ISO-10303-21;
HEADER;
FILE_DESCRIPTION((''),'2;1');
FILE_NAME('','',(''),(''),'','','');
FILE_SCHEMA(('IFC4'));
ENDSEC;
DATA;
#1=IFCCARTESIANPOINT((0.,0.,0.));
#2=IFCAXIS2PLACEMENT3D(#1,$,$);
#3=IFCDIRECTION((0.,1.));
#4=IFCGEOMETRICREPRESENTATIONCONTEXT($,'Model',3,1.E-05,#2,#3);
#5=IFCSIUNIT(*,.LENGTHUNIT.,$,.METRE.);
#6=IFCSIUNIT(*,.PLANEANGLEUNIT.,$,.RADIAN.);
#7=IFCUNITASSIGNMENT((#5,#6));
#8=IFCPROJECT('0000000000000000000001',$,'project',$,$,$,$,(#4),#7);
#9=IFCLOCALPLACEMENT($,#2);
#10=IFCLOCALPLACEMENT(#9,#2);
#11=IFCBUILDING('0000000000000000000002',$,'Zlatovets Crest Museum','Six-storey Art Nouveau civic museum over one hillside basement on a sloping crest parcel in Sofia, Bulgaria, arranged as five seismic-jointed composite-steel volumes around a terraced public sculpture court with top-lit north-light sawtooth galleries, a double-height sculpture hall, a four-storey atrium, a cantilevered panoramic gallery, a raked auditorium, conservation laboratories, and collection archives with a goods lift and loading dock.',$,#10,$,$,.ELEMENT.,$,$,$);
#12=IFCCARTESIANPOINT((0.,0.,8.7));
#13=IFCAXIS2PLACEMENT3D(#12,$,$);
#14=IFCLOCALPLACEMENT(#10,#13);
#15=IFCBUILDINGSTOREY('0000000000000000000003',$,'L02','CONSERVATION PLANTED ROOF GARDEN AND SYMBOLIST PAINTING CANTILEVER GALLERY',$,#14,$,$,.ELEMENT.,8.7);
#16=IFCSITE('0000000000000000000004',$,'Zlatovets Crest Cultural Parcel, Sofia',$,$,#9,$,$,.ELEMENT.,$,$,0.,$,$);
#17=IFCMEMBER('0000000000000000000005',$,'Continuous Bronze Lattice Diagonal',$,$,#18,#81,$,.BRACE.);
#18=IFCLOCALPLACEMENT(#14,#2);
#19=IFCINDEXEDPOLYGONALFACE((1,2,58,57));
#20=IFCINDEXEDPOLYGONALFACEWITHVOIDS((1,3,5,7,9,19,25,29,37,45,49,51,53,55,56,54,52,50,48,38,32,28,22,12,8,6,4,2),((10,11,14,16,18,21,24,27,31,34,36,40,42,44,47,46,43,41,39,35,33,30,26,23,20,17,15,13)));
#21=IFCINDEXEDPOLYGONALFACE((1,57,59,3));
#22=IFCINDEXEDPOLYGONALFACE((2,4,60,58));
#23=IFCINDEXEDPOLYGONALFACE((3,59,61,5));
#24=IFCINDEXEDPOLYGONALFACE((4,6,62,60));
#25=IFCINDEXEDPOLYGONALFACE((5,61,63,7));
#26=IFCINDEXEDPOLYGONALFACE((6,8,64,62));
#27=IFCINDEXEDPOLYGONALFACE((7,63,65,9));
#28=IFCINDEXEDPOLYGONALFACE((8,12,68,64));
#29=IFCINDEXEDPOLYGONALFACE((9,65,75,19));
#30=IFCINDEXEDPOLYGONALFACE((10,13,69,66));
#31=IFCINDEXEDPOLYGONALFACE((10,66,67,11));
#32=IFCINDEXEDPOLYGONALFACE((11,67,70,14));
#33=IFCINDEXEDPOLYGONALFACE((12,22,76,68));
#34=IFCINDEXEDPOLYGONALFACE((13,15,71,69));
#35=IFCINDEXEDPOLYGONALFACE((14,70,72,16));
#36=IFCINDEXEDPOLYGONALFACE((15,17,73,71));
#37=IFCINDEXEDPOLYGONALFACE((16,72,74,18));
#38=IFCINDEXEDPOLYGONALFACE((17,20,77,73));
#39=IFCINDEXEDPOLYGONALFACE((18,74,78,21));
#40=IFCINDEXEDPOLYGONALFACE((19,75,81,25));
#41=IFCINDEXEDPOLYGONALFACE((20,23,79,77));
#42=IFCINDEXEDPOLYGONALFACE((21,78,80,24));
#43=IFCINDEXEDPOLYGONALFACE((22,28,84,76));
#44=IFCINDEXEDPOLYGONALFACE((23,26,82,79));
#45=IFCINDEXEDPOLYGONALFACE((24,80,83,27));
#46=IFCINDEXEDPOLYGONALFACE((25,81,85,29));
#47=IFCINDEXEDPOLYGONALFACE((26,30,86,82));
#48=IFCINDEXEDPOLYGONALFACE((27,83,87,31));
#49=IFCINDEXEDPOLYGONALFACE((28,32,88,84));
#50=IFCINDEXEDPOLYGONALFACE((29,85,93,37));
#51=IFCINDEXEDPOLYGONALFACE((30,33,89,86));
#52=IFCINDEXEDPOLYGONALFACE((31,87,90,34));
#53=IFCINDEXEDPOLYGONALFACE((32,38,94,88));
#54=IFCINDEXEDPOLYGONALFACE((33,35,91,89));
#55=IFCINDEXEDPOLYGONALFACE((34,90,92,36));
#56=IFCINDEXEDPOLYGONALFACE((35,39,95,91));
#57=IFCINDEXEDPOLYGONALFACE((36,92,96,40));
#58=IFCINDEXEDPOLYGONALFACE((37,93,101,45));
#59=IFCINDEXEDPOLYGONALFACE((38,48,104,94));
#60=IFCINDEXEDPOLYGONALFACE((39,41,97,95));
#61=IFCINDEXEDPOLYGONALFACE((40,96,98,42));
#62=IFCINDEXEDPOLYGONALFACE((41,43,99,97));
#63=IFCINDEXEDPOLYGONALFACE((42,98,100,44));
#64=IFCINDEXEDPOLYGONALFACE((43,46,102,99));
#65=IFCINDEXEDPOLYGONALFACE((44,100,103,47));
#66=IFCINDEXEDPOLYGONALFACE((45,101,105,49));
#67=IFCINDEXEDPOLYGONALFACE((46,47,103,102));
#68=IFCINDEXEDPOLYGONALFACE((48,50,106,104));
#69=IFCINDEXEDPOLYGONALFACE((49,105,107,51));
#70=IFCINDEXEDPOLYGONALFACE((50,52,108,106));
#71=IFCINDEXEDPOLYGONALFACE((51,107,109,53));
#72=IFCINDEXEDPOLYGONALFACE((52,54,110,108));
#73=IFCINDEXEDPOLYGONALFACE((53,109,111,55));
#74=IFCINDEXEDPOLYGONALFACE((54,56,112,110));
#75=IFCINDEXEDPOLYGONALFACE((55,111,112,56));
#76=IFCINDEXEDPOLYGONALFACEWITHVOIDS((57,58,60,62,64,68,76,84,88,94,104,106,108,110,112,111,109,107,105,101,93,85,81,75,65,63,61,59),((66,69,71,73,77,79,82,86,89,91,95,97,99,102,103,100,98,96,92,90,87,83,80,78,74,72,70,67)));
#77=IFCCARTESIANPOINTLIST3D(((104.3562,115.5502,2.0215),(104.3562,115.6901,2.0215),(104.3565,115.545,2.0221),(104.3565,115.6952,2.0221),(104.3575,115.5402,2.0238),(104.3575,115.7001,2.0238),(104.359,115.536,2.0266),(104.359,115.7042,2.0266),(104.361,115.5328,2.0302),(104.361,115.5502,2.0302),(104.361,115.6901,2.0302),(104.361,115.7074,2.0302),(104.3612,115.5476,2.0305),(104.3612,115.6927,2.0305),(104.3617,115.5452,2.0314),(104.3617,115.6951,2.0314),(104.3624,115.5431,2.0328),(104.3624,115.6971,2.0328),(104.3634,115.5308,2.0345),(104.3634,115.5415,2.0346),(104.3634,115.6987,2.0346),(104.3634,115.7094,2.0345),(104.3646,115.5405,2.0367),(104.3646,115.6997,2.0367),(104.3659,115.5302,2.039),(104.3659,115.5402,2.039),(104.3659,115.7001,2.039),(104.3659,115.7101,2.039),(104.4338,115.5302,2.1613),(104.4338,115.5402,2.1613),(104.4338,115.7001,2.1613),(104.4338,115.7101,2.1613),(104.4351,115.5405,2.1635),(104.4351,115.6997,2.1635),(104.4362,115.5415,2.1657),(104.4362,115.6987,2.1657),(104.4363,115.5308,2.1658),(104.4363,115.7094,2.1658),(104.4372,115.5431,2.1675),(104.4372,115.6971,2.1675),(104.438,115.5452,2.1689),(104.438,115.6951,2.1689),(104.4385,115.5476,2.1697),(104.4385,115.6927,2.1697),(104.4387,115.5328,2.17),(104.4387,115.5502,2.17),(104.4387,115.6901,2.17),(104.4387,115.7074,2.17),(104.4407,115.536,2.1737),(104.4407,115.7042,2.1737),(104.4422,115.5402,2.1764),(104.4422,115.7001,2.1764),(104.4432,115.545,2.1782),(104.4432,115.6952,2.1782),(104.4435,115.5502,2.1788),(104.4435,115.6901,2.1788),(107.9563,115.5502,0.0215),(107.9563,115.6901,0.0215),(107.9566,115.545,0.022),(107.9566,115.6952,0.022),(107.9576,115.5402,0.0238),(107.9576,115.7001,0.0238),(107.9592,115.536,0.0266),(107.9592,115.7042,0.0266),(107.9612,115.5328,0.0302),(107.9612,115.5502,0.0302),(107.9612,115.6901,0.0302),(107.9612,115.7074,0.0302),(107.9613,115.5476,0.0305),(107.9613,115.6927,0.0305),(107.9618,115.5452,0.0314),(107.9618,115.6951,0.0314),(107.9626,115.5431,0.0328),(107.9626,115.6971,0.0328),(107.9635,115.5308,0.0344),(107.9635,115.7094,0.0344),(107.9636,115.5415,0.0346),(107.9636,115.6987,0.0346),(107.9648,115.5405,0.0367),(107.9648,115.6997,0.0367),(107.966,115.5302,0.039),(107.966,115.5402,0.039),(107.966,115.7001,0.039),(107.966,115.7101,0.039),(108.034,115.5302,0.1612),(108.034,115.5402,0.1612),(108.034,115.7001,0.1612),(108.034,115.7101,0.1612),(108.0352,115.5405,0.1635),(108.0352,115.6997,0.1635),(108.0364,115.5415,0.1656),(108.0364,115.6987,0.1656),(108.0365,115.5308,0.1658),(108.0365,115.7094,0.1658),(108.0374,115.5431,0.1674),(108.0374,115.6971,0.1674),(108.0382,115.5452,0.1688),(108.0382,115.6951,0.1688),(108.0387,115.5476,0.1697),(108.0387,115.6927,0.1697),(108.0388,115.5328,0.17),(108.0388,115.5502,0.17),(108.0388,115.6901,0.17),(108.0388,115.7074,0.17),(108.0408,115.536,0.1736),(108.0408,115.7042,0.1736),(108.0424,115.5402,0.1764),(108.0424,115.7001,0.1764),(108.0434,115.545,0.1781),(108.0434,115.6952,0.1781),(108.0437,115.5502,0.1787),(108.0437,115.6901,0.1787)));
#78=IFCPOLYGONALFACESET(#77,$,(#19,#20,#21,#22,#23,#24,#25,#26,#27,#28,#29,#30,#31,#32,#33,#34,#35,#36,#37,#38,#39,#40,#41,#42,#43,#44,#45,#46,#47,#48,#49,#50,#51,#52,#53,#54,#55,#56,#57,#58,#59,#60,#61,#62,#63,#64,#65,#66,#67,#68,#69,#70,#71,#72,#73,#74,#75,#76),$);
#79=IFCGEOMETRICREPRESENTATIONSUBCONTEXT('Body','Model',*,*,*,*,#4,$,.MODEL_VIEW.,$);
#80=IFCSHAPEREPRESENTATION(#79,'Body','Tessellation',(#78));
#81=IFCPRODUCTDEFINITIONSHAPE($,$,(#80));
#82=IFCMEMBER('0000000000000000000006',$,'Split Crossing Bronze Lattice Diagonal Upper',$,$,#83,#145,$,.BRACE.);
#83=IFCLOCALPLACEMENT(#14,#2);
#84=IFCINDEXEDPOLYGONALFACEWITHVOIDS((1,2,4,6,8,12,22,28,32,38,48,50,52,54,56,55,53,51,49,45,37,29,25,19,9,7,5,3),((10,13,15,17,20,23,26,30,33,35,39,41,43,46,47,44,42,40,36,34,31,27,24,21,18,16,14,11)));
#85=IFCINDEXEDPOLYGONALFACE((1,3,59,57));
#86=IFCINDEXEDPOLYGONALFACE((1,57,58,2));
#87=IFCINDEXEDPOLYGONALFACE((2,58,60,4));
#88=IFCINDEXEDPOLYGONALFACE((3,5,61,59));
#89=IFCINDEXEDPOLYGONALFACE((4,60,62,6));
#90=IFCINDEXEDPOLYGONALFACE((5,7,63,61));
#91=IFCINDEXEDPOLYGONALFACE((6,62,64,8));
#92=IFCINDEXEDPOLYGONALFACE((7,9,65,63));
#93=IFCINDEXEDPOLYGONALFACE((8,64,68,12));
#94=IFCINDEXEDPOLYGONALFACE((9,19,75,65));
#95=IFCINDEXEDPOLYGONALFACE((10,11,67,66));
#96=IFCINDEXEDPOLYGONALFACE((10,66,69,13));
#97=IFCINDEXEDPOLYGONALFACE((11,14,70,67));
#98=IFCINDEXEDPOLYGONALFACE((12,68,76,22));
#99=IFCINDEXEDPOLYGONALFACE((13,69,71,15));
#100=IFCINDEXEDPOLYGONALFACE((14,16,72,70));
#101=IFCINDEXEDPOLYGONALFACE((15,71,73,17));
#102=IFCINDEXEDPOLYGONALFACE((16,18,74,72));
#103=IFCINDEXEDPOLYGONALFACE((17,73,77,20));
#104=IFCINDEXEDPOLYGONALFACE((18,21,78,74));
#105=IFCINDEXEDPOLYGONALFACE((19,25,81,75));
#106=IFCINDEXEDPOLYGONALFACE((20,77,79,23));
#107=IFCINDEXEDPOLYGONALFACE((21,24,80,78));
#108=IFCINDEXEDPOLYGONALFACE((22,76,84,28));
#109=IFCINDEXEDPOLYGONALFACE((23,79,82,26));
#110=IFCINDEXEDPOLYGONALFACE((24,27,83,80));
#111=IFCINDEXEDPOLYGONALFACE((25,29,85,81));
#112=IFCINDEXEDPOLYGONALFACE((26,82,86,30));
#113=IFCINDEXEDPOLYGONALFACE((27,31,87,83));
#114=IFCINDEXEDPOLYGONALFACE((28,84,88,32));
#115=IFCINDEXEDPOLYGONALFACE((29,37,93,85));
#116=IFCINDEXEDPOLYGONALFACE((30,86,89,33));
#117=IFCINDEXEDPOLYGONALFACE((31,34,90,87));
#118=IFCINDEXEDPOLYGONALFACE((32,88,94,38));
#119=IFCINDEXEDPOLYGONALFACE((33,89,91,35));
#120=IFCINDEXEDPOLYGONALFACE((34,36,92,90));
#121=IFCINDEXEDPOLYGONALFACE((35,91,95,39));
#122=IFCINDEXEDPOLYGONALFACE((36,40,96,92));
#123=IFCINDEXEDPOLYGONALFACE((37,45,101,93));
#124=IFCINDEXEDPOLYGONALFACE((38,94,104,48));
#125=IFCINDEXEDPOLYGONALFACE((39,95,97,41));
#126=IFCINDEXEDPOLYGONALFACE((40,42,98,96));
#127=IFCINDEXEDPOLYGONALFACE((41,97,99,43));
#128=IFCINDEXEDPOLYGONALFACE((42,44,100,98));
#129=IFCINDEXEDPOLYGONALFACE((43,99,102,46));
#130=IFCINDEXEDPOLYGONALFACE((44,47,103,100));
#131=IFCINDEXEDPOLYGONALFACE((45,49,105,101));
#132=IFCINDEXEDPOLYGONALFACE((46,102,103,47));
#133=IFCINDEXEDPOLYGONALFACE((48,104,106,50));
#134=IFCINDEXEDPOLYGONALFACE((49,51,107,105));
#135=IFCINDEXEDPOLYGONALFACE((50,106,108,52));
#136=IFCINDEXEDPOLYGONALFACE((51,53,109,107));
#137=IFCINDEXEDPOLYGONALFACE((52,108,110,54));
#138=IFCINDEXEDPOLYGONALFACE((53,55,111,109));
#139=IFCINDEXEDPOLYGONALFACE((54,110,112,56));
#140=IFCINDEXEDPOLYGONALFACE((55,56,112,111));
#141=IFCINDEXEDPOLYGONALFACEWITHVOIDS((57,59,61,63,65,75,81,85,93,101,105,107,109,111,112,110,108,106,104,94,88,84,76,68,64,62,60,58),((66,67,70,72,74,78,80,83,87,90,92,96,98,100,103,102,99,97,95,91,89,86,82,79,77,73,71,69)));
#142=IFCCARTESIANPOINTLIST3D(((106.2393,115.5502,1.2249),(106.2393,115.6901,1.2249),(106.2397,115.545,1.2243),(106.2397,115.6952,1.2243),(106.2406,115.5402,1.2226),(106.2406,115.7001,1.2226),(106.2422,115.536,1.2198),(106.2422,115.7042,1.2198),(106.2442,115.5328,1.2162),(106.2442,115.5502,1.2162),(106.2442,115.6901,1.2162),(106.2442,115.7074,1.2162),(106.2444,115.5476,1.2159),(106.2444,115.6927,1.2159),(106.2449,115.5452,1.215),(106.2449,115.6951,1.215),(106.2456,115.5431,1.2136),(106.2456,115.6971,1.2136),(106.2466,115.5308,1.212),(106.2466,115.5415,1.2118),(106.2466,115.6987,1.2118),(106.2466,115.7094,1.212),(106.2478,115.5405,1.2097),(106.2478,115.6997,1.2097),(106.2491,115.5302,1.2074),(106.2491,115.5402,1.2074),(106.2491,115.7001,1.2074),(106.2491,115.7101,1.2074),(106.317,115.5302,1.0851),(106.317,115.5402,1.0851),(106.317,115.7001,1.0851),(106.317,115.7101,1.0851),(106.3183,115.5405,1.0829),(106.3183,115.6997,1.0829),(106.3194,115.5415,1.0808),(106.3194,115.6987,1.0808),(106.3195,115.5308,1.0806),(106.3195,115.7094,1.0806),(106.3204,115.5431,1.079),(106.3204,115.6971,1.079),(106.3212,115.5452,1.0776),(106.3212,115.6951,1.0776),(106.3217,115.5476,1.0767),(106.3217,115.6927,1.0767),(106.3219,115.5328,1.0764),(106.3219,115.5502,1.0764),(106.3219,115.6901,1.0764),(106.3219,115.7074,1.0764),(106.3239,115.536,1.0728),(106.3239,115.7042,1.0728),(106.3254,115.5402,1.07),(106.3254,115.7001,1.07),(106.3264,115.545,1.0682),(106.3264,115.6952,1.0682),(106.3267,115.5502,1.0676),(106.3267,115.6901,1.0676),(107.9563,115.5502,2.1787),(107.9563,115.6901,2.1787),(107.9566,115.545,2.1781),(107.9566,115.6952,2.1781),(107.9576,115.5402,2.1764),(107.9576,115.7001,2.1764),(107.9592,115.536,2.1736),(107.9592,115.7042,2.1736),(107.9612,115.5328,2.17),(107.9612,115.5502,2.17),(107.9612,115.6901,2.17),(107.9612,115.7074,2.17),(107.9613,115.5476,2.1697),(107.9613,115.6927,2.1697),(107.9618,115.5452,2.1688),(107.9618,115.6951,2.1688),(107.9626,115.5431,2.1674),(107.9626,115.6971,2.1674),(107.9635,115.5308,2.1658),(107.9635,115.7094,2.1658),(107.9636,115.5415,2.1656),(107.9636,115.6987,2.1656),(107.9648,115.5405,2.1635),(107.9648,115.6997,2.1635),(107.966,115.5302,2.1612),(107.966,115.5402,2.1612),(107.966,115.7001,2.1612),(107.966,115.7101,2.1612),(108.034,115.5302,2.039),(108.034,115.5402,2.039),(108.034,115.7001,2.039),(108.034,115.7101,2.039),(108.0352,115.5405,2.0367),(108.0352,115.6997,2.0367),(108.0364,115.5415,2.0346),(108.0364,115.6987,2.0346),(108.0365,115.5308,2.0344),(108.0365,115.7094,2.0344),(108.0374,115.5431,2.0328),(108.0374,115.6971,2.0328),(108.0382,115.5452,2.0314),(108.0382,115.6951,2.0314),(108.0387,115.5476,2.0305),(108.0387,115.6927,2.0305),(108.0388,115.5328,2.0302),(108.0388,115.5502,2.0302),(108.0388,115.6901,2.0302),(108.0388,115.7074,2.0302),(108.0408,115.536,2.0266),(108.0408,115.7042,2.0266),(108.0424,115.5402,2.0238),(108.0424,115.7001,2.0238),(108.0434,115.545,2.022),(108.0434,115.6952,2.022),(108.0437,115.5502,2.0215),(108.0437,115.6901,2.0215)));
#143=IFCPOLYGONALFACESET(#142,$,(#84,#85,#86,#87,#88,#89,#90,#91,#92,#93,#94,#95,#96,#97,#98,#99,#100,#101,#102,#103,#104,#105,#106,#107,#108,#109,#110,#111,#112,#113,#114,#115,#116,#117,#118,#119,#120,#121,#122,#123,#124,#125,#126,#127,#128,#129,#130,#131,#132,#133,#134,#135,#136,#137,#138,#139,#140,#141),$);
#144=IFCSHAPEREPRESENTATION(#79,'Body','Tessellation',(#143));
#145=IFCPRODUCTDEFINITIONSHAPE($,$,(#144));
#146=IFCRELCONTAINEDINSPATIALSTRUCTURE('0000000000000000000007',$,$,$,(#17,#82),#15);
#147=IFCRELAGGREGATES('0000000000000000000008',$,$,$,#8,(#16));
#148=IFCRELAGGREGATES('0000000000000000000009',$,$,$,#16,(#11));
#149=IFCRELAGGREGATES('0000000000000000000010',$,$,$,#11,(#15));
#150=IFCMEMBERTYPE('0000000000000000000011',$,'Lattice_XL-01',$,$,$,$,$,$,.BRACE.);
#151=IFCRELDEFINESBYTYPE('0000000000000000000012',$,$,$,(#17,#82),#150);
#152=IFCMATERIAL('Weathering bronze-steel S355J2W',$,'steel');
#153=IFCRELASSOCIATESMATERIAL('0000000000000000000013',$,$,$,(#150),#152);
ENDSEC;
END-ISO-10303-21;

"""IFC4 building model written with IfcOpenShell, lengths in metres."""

from ifc_helpers import new_model, si_unit, direction, frame, origin, origin_2d, place, context, subcontext, project, spatial, hollow_rectangle, extrude, material, material_profile, profile_set, type_object, element, save


model = new_model("IFC4")

# Units and contexts
model_context = context("Model", 3, precision=1e-05, world=origin(), true_north=direction((0.0, 1.0)))
body_context = subcontext(model_context, "Body", "Model", "MODEL_VIEW")
ifc_project = project(units=[si_unit("LENGTHUNIT", "METRE"), si_unit("PLANEANGLEUNIT", "RADIAN")], contexts=[model_context])

# Site, building, storey
site_placement = place(None, origin())
site = spatial("IfcSite", under=ifc_project, at=site_placement, Name="Zlatovets Crest Cultural Parcel, Sofia", CompositionType="ELEMENT", RefElevation=0.0)
building_placement = place(site_placement, origin())
building = spatial("IfcBuilding", under=site, at=building_placement, Name="Zlatovets Crest Museum", Description="Six-storey Art Nouveau civic museum over one hillside basement on a sloping crest parcel in Sofia, Bulgaria, arranged as five seismic-jointed composite-steel volumes around a terraced public sculpture court with top-lit north-light sawtooth galleries, a double-height sculpture hall, a four-storey atrium, a cantilevered panoramic gallery, a raked auditorium, conservation laboratories, and collection archives with a goods lift and loading dock.", CompositionType="ELEMENT")
storey_placement = place(building_placement, frame((0.0, 0.0, 8.7)))
storey = spatial("IfcBuildingStorey", under=building, at=storey_placement, Name="L02", Description="CONSERVATION PLANTED ROOF GARDEN AND SYMBOLIST PAINTING CANTILEVER GALLERY", CompositionType="ELEMENT", Elevation=8.7)

# Members
ifc_material_1 = material(Name="Weathering bronze-steel S355J2W", Category="steel")
ifc_material_profile_1 = material_profile(ifc_material_1, hollow_rectangle(XDim=0.1799, YDim=0.1799, WallThickness=0.01, InnerFilletRadius=0.01, OuterFilletRadius=0.02, at=origin_2d()), Name="SHS 180x180x10.0")
ifc_profile_set_1 = profile_set([ifc_material_profile_1], Name="Weathering bronze-steel S355J2W")
member_type_1 = type_object("IfcMemberType", Name="Lattice_XL-01", PredefinedType="BRACE", material=ifc_profile_set_1)
member_1_placement = place(storey_placement, frame((108.0, 115.6201, 0.1001), z_axis=(-0.874163, 0.0, 0.485633), x_axis=(0.0, -1.0, 0.0)))
element("IfcMember", 1, at=member_1_placement, inside=storey, type_object=member_type_1, Name="Continuous Bronze Lattice Diagonal", PredefinedType="BRACE", context=body_context, shape_type="SweptSolid", body=[
    extrude(hollow_rectangle(XDim=0.1799, YDim=0.1799, WallThickness=0.01, InnerFilletRadius=0.01, OuterFilletRadius=0.02, at=origin_2d()), origin(), (0.0, 0.0, 1.0), 4.1184),
])
for number, where, z_axis, x_axis, name in (
    (2, (108.0, 115.6201, 2.1001), (-0.874169, 0.0, -0.485622), (0.0, -1.0, 0.0), "Split Crossing Bronze Lattice Diagonal Upper"),
):
    element("IfcMember", number, at=place(storey_placement, frame(where, z_axis=z_axis, x_axis=x_axis)), inside=storey, type_object=member_type_1, Name=name, PredefinedType="BRACE", context=body_context, shape_type="SweptSolid", body=[
        extrude(hollow_rectangle(XDim=0.1799, YDim=0.1799, WallThickness=0.01, InnerFilletRadius=0.01, OuterFilletRadius=0.02, at=origin_2d()), origin(), (0.0, 0.0, 1.0), 1.9641),
    ])

save(model, "model.ifc")
